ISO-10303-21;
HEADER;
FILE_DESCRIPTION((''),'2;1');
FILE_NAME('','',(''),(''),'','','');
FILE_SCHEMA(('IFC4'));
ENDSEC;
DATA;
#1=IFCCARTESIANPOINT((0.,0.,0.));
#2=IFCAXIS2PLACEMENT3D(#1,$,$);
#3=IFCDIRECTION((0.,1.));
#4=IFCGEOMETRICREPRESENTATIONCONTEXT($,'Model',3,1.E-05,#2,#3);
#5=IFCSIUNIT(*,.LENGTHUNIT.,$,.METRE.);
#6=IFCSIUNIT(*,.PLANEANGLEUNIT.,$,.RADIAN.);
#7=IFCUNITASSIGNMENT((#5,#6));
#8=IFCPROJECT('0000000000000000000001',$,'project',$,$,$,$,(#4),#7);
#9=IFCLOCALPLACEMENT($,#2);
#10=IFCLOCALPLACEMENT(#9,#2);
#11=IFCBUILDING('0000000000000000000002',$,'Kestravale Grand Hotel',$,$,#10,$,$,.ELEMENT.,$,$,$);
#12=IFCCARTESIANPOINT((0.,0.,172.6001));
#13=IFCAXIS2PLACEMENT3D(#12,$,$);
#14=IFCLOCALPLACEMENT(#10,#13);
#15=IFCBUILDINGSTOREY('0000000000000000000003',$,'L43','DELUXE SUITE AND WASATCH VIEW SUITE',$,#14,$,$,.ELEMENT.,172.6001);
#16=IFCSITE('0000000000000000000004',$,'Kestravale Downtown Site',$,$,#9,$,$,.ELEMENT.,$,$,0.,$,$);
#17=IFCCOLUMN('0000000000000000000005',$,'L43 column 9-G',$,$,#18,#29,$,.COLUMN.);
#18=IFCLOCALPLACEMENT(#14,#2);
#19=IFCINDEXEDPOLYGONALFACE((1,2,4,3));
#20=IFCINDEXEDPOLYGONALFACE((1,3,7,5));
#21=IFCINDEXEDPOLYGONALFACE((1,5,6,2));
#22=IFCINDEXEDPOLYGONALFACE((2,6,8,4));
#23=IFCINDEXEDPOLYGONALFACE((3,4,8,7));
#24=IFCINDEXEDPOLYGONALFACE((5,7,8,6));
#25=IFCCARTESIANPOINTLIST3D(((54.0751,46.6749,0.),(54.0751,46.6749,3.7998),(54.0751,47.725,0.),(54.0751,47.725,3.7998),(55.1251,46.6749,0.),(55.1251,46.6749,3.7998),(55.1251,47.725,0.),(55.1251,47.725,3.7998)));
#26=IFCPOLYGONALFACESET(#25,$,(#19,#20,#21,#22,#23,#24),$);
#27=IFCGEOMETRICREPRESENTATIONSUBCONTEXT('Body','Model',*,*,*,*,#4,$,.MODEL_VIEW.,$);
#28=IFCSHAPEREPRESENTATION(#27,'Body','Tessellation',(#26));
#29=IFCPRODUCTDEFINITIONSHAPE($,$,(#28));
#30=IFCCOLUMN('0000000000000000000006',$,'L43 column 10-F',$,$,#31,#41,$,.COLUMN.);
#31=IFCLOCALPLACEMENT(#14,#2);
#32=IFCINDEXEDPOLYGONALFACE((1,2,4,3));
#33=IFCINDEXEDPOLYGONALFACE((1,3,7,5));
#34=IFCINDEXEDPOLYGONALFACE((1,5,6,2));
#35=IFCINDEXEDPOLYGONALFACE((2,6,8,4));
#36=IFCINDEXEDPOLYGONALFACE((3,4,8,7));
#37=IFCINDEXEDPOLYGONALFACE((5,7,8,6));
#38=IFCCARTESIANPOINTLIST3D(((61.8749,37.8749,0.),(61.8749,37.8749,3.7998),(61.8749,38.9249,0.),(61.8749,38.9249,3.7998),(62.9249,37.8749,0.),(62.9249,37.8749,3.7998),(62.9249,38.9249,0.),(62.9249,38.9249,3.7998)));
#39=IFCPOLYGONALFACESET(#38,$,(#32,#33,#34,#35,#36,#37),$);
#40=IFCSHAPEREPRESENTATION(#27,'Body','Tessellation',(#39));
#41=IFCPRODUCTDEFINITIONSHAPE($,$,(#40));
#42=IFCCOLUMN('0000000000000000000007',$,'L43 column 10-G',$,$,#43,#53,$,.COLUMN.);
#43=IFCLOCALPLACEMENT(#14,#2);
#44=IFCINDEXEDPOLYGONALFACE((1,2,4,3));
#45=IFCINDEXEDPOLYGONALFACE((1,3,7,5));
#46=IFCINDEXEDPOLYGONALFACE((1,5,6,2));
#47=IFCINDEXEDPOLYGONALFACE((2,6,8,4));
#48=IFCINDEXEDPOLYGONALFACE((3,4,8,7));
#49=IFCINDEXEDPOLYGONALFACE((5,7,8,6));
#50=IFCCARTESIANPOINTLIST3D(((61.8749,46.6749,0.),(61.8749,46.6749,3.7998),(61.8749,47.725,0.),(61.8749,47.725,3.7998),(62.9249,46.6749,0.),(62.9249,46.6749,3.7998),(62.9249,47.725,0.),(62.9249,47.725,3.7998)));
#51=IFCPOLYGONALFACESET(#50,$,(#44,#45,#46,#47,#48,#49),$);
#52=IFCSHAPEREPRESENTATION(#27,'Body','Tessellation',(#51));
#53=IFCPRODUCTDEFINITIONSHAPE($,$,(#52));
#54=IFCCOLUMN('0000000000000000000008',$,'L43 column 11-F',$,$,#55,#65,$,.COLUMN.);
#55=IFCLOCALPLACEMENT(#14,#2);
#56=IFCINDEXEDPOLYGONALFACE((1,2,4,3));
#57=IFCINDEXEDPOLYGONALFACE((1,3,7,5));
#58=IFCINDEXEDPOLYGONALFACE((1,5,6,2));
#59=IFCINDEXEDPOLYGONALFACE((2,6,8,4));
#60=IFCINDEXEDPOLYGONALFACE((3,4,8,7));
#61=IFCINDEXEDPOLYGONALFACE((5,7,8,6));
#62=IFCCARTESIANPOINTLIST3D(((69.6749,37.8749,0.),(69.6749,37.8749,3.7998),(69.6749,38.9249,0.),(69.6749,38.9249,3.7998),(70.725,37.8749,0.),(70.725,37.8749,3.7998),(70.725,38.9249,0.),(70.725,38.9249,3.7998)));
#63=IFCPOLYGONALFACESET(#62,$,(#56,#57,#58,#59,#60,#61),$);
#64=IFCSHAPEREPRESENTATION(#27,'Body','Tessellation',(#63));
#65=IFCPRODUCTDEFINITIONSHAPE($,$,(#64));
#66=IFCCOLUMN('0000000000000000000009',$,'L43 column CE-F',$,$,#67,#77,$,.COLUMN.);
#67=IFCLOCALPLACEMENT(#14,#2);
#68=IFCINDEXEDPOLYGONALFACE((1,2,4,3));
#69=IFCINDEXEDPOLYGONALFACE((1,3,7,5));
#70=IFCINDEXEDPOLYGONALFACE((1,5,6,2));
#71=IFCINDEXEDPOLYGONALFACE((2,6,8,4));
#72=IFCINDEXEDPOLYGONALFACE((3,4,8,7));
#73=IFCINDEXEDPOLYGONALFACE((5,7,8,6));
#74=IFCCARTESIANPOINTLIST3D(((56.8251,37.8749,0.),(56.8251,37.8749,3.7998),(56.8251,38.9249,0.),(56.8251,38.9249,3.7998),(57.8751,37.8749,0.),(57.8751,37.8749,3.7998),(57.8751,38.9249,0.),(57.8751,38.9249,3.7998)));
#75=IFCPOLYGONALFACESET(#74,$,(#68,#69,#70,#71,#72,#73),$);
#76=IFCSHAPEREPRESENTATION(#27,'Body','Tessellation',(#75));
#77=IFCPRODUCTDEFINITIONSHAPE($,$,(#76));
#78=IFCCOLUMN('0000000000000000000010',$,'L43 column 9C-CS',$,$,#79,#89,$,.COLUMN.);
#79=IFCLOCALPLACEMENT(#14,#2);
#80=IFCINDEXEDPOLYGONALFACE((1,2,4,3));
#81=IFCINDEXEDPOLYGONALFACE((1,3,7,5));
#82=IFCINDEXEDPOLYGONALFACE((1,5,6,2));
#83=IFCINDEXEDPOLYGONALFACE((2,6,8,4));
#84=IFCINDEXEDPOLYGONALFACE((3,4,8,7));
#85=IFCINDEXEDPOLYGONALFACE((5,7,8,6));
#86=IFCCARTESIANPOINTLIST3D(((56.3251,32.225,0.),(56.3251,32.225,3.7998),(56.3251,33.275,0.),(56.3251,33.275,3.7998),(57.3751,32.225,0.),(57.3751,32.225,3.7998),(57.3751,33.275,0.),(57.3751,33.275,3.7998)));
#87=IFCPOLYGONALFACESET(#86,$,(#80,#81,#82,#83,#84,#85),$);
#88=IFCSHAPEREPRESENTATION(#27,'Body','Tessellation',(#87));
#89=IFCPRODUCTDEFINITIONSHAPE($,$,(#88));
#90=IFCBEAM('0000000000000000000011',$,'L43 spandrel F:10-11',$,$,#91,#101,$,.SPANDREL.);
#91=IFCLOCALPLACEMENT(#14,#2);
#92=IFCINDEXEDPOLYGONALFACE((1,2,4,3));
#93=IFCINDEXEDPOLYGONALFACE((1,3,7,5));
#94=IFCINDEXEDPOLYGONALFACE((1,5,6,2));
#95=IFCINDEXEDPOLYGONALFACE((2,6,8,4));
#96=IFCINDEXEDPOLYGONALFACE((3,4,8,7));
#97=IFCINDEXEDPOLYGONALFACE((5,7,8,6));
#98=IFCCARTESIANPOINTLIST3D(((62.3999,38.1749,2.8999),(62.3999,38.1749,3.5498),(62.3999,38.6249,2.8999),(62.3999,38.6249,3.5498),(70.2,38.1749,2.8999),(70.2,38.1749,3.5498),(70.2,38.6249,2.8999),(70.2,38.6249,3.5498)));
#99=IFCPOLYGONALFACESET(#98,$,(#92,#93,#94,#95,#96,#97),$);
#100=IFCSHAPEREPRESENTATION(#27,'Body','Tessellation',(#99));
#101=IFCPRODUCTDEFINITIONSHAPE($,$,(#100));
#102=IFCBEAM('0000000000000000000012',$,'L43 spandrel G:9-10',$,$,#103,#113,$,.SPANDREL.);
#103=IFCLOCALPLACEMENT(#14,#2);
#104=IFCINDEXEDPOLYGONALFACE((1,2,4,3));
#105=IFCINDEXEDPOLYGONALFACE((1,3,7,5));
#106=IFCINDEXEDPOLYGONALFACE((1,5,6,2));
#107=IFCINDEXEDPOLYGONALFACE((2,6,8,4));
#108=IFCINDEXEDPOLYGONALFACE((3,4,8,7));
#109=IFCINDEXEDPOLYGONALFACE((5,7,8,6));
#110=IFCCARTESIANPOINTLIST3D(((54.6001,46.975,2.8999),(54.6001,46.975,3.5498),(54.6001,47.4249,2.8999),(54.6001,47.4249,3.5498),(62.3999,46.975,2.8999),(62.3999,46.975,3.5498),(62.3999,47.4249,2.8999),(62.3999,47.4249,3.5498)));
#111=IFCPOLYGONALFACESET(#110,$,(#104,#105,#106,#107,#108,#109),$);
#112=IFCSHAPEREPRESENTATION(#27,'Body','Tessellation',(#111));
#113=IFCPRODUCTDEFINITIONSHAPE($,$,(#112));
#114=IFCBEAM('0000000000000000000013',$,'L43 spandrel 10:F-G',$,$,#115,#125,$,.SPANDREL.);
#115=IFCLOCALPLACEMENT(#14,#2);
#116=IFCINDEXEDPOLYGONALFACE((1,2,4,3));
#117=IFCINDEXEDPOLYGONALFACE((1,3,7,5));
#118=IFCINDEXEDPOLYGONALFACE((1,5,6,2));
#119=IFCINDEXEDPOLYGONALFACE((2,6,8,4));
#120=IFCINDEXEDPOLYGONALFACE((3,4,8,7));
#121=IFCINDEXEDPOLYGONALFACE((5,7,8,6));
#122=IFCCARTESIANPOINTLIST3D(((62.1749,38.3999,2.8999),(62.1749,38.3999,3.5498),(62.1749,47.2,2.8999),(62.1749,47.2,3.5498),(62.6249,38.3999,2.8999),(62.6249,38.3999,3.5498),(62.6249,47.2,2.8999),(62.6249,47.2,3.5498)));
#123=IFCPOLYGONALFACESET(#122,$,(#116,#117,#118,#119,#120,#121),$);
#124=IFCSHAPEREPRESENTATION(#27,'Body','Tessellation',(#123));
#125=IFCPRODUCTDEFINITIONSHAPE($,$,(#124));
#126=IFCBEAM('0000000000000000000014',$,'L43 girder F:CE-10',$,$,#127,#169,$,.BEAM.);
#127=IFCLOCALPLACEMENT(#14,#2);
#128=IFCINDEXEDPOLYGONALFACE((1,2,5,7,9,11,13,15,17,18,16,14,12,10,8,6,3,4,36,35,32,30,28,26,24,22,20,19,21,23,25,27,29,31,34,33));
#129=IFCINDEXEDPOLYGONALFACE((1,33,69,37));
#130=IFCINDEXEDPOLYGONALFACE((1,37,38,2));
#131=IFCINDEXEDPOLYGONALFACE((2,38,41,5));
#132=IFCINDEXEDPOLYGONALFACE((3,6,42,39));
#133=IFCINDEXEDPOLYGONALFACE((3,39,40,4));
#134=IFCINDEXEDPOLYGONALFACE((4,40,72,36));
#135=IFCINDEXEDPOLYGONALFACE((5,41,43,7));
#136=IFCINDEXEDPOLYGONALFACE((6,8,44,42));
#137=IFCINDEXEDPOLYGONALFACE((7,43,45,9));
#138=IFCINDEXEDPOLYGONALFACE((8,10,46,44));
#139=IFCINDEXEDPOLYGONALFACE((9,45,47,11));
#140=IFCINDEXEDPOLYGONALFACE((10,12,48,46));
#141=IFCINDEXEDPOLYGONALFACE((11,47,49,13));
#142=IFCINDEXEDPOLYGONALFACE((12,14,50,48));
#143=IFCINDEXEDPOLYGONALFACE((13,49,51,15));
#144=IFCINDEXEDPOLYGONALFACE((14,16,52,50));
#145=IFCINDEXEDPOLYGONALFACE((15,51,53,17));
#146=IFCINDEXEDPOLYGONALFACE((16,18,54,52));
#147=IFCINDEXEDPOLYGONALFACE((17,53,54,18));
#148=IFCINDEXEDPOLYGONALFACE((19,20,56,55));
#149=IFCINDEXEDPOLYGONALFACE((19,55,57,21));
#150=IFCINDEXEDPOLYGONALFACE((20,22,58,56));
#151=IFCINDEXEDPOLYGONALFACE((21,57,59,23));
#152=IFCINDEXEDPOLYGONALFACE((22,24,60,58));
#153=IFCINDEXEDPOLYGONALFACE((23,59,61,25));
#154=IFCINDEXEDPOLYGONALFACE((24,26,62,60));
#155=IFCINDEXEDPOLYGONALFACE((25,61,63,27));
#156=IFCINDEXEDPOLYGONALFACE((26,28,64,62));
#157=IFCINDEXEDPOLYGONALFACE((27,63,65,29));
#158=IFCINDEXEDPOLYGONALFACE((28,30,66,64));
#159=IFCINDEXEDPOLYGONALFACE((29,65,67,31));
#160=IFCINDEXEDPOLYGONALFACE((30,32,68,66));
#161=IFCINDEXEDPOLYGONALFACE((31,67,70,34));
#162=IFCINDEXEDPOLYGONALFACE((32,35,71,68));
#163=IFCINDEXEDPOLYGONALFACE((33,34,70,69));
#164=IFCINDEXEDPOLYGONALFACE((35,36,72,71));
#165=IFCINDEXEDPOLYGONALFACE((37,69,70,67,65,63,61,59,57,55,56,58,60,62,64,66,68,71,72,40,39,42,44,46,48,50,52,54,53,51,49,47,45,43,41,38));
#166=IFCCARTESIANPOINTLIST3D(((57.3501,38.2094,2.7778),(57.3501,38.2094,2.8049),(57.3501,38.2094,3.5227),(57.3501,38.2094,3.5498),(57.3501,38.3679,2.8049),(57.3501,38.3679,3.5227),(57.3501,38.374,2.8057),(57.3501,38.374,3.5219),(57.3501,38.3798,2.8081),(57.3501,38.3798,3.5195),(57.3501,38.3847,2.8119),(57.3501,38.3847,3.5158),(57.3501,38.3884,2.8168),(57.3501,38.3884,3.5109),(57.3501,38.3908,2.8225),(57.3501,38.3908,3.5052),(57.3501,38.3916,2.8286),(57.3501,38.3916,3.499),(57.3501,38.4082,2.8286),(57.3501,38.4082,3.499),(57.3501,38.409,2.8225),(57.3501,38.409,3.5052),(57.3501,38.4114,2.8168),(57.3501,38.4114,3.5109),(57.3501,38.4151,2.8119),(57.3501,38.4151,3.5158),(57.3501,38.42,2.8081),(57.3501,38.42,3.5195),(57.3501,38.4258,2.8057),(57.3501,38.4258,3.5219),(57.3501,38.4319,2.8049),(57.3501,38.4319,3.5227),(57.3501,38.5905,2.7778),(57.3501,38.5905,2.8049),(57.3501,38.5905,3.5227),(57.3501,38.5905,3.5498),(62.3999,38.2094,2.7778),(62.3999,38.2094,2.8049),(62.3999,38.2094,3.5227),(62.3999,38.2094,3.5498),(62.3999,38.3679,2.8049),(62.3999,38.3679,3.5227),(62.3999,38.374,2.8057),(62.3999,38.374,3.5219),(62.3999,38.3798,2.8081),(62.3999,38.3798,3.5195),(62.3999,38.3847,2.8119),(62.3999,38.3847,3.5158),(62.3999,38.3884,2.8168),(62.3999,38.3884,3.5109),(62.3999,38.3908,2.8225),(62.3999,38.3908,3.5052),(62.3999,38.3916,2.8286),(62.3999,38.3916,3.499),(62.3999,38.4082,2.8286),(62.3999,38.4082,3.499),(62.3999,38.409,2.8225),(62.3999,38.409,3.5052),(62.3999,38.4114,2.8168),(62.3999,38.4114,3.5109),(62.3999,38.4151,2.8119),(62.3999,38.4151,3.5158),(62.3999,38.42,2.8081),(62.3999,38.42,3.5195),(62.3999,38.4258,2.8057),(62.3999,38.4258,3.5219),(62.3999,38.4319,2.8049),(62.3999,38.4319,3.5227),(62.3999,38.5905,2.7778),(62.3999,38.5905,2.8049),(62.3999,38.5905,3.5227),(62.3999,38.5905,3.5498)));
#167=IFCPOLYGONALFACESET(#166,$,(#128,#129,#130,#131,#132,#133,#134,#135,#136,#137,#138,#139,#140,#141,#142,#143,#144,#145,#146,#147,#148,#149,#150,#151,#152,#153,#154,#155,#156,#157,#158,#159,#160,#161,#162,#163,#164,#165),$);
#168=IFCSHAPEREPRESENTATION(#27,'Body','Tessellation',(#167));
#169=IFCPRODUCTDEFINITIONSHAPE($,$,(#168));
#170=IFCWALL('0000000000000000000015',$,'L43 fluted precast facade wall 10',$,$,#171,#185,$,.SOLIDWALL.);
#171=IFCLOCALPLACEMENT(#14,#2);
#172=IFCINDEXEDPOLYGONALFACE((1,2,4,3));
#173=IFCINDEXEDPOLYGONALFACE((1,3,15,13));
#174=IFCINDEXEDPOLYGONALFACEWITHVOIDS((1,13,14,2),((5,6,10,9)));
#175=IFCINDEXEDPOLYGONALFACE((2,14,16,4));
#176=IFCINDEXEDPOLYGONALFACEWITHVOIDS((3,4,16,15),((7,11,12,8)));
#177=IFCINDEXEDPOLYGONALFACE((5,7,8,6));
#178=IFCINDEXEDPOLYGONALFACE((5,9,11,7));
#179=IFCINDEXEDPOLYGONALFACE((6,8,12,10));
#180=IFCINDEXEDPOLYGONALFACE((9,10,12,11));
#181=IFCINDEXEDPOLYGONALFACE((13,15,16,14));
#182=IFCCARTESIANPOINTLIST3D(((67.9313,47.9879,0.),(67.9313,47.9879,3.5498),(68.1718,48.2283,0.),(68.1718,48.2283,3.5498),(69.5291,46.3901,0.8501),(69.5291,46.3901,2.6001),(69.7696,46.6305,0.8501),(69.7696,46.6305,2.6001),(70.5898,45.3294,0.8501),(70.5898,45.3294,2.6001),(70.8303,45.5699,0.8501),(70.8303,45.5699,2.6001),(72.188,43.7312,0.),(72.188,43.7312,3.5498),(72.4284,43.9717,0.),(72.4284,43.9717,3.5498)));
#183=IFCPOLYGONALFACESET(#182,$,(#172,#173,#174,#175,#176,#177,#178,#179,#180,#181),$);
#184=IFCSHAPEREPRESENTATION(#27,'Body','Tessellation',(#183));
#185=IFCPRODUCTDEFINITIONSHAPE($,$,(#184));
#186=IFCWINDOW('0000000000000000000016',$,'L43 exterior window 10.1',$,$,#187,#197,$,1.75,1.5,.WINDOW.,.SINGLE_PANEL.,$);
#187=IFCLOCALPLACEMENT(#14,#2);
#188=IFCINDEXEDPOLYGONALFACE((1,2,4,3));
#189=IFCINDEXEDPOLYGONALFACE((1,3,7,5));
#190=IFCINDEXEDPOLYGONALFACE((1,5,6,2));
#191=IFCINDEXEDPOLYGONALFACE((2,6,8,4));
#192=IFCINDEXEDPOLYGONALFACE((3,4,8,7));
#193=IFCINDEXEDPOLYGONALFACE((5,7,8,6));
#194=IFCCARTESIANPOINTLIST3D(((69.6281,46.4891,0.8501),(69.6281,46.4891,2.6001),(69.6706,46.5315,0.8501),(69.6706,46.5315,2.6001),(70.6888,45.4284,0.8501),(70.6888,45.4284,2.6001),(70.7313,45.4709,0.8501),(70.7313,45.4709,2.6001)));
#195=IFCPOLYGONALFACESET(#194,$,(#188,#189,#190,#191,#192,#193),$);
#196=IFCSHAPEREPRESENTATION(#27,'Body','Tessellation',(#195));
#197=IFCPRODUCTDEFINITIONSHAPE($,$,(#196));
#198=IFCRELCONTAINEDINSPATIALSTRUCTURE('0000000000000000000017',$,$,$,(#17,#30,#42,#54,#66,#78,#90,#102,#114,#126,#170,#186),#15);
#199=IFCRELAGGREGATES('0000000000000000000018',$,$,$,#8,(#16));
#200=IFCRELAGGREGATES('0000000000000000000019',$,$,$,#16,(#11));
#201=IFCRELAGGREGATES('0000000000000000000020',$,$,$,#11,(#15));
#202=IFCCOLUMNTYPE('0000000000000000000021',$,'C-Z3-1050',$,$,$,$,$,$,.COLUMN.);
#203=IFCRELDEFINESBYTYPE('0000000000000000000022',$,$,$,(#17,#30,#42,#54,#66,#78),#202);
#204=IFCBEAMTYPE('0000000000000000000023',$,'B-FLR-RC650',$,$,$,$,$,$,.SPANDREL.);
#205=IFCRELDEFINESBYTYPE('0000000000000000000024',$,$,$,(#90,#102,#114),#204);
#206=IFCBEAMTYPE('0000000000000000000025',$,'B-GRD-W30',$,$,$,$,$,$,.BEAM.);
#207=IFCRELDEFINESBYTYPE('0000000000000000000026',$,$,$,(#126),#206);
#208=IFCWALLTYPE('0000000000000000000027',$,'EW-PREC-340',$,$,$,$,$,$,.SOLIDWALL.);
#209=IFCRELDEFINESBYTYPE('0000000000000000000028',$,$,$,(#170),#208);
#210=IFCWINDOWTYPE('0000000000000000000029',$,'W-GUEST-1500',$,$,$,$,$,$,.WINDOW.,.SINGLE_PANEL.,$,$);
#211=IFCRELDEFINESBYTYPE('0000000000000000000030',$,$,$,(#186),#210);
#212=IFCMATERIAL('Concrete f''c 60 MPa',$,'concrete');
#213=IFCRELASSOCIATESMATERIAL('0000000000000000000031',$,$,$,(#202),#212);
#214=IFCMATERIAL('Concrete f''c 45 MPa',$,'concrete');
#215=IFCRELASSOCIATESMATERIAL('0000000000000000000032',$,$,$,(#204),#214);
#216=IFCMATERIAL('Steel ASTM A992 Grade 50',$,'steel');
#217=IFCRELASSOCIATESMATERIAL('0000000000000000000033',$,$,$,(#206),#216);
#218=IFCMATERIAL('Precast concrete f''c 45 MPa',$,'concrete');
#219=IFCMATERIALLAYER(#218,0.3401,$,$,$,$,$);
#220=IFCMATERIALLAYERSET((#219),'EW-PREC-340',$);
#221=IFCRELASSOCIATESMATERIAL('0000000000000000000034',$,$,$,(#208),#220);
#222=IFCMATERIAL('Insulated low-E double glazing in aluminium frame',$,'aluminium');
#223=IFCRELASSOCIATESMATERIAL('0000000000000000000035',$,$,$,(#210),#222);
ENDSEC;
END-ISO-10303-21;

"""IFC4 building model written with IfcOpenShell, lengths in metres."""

from ifc_helpers import new_model, si_unit, direction, frame, frame_2d, origin, origin_2d, place, context, subcontext, project, spatial, rectangle, i_section, extrude, material, layer, layer_set, material_profile, profile_set, type_object, element, fill, save


model = new_model("IFC4")

# Units and contexts
model_context = context("Model", 3, precision=1e-05, world=origin(), true_north=direction((0.0, 1.0)))
body_context = subcontext(model_context, "Body", "Model", "MODEL_VIEW")
ifc_project = project(units=[si_unit("LENGTHUNIT", "METRE"), si_unit("PLANEANGLEUNIT", "RADIAN")], contexts=[model_context])

# Site, building, storey
site_placement = place(None, origin())
site = spatial("IfcSite", under=ifc_project, at=site_placement, Name="Kestravale Downtown Site", CompositionType="ELEMENT", RefElevation=0.0)
building_placement = place(site_placement, origin())
building = spatial("IfcBuilding", under=site, at=building_placement, Name="Kestravale Grand Hotel", CompositionType="ELEMENT")
storey_placement = place(building_placement, frame((0.0, 0.0, 172.6001)))
storey = spatial("IfcBuildingStorey", under=building, at=storey_placement, Name="L43", Description="DELUXE SUITE AND WASATCH VIEW SUITE", CompositionType="ELEMENT", Elevation=172.6001)

# Columns
ifc_material_1 = material(Name="Concrete f'c 60 MPa", Category="concrete")
ifc_material_profile_1 = material_profile(ifc_material_1, rectangle(XDim=1.05, YDim=1.05, at=origin_2d()))
ifc_profile_set_1 = profile_set([ifc_material_profile_1], Name="Concrete f'c 60 MPa")
column_type = type_object("IfcColumnType", Name="C-Z3-1050", PredefinedType="COLUMN", material=ifc_profile_set_1)
for number, where, z_axis, x_axis, name in (
    (1, (54.6001, 47.2, 0.0), (0.0, 0.0, 1.0), (1.0, 0.0, 0.0), "L43 column 9-G"),
    (2, (62.3999, 38.3999, 0.0), (0.0, 0.0, 1.0), (1.0, 0.0, 0.0), "L43 column 10-F"),
    (3, (62.3999, 47.2, 0.0), (0.0, 0.0, 1.0), (1.0, 0.0, 0.0), "L43 column 10-G"),
    (4, (70.2, 38.3999, 0.0), (0.0, 0.0, 1.0), (1.0, 0.0, 0.0), "L43 column 11-F"),
    (5, (57.3501, 38.3999, 0.0), (0.0, 0.0, 1.0), (1.0, 0.0, 0.0), "L43 column CE-F"),
    (6, (56.8501, 32.75, 0.0), (0.0, 0.0, 1.0), (1.0, 0.0, 0.0), "L43 column 9C-CS"),
):
    element("IfcColumn", number, at=place(storey_placement, frame(where, z_axis=z_axis, x_axis=x_axis)), inside=storey, type_object=column_type, Name=name, PredefinedType="COLUMN", context=body_context, shape_type="SweptSolid", body=[
        extrude(rectangle(XDim=1.05, YDim=1.05, at=origin_2d()), origin(), (0.0, 0.0, 1.0), 3.7998),
    ])

# Beams
ifc_material_2 = material(Name="Concrete f'c 45 MPa", Category="concrete")
ifc_material_profile_2 = material_profile(ifc_material_2, rectangle(XDim=0.45, YDim=0.6499, at=origin_2d()))
ifc_profile_set_2 = profile_set([ifc_material_profile_2], Name="Concrete f'c 45 MPa")
beam_type_1 = type_object("IfcBeamType", Name="B-FLR-RC650", PredefinedType="SPANDREL", material=ifc_profile_set_2)
beam_1_placement = place(storey_placement, frame((62.3999, 38.3999, 3.2249), z_axis=(1.0, 0.0, 0.0), x_axis=(0.0, 1.0, 0.0)))
element("IfcBeam", 7, at=beam_1_placement, inside=storey, type_object=beam_type_1, Name="L43 spandrel F:10-11", PredefinedType="SPANDREL", context=body_context, shape_type="SweptSolid", body=[
    extrude(rectangle(XDim=0.45, YDim=0.6499, at=origin_2d()), origin(), (0.0, 0.0, 1.0), 7.8),
])
beam_2_placement = place(storey_placement, frame((54.6001, 47.2, 3.2249), z_axis=(1.0, 0.0, 0.0), x_axis=(0.0, 1.0, 0.0)))
element("IfcBeam", 8, at=beam_2_placement, inside=storey, type_object=beam_type_1, Name="L43 spandrel G:9-10", PredefinedType="SPANDREL", context=body_context, shape_type="SweptSolid", body=[
    extrude(rectangle(XDim=0.45, YDim=0.6499, at=origin_2d()), origin(), (0.0, 0.0, 1.0), 7.7998),
])
beam_3_placement = place(storey_placement, frame((62.3999, 38.3999, 3.2249), z_axis=(0.0, 1.0, 0.0), x_axis=(-1.0, 0.0, 0.0)))
element("IfcBeam", 9, at=beam_3_placement, inside=storey, type_object=beam_type_1, Name="L43 spandrel 10:F-G", PredefinedType="SPANDREL", context=body_context, shape_type="SweptSolid", body=[
    extrude(rectangle(XDim=0.45, YDim=0.6499, at=origin_2d()), origin(), (0.0, 0.0, 1.0), 8.8),
])
ifc_material_3 = material(Name="Steel ASTM A992 Grade 50", Category="steel")
ifc_material_profile_3 = material_profile(ifc_material_3, i_section(OverallWidth=0.3811, OverallDepth=0.772, WebThickness=0.0166, FlangeThickness=0.0271, FilletRadius=0.0237, at=origin_2d()))
ifc_profile_set_3 = profile_set([ifc_material_profile_3], Name="Steel ASTM A992 Grade 50")
beam_type_2 = type_object("IfcBeamType", Name="B-GRD-W30", PredefinedType="BEAM", material=ifc_profile_set_3)
beam_4_placement = place(storey_placement, frame((57.3501, 38.3999, 3.1638), z_axis=(1.0, 0.0, 0.0), x_axis=(0.0, 1.0, 0.0)))
element("IfcBeam", 10, at=beam_4_placement, inside=storey, type_object=beam_type_2, Name="L43 girder F:CE-10", PredefinedType="BEAM", context=body_context, shape_type="SweptSolid", body=[
    extrude(i_section(OverallWidth=0.3811, OverallDepth=0.772, WebThickness=0.0166, FlangeThickness=0.0271, FilletRadius=0.0237, at=origin_2d()), origin(), (0.0, 0.0, 1.0), 5.0498),
])

# Wall, opening, window
ifc_material_4 = material(Name="Precast concrete f'c 45 MPa", Category="concrete")
ifc_layer_1 = layer(ifc_material_4, 0.3401)
ifc_layer_set_1 = layer_set([ifc_layer_1], Name="EW-PREC-340")
wall_type_1 = type_object("IfcWallType", Name="EW-PREC-340", PredefinedType="SOLIDWALL", material=ifc_layer_set_1)
wall_1_placement = place(storey_placement, frame((72.3081, 43.8516, 0.0), z_axis=(0.0, 0.0, 1.0), x_axis=(-0.707107, 0.707107, 0.0)))
wall_1 = element("IfcWall", 11, at=wall_1_placement, inside=storey, type_object=wall_type_1, Name="L43 fluted precast facade wall 10", PredefinedType="SOLIDWALL", context=body_context, shape_type="SweptSolid", body=[
    extrude(rectangle(XDim=6.0198, YDim=0.3401, at=frame_2d((3.0098, 0.0))), origin(), (0.0, 0.0, 1.0), 3.5498),
])
opening_1_placement = place(wall_1_placement, frame((2.26, 0.0, 0.8501)))
opening_1 = element("IfcOpeningElement", 12, at=opening_1_placement, cuts=wall_1, PredefinedType="OPENING", context=body_context, shape_type="SweptSolid", body=[
    extrude(rectangle(XDim=1.5, YDim=1.75, at=frame_2d((0.75, 0.875))), frame((0.0, 0.1799, 0.0), z_axis=(0.0, -1.0, 0.0), x_axis=(1.0, 0.0, 0.0)), (0.0, 0.0, 1.0), 0.3601),
])
ifc_material_5 = material(Name="Insulated low-E double glazing in aluminium frame", Category="aluminium")
window_type = type_object("IfcWindowType", Name="W-GUEST-1500", PartitioningType="SINGLE_PANEL", PredefinedType="WINDOW", material=ifc_material_5)
window_1_placement = place(opening_1_placement, origin())
window_1 = element("IfcWindow", 13, at=window_1_placement, inside=storey, type_object=window_type, Name="L43 exterior window 10.1", OverallHeight=1.75, OverallWidth=1.5, PartitioningType="SINGLE_PANEL", PredefinedType="WINDOW", context=body_context, shape_type="SweptSolid", body=[
    extrude(rectangle(XDim=1.5, YDim=1.75, at=frame_2d((0.75, 0.875))), frame((0.0, 0.03, 0.0), z_axis=(0.0, -1.0, 0.0), x_axis=(1.0, 0.0, 0.0)), (0.0, 0.0, 1.0), 0.0601),
])
fill(opening_1, window_1)

save(model, "model.ifc")
